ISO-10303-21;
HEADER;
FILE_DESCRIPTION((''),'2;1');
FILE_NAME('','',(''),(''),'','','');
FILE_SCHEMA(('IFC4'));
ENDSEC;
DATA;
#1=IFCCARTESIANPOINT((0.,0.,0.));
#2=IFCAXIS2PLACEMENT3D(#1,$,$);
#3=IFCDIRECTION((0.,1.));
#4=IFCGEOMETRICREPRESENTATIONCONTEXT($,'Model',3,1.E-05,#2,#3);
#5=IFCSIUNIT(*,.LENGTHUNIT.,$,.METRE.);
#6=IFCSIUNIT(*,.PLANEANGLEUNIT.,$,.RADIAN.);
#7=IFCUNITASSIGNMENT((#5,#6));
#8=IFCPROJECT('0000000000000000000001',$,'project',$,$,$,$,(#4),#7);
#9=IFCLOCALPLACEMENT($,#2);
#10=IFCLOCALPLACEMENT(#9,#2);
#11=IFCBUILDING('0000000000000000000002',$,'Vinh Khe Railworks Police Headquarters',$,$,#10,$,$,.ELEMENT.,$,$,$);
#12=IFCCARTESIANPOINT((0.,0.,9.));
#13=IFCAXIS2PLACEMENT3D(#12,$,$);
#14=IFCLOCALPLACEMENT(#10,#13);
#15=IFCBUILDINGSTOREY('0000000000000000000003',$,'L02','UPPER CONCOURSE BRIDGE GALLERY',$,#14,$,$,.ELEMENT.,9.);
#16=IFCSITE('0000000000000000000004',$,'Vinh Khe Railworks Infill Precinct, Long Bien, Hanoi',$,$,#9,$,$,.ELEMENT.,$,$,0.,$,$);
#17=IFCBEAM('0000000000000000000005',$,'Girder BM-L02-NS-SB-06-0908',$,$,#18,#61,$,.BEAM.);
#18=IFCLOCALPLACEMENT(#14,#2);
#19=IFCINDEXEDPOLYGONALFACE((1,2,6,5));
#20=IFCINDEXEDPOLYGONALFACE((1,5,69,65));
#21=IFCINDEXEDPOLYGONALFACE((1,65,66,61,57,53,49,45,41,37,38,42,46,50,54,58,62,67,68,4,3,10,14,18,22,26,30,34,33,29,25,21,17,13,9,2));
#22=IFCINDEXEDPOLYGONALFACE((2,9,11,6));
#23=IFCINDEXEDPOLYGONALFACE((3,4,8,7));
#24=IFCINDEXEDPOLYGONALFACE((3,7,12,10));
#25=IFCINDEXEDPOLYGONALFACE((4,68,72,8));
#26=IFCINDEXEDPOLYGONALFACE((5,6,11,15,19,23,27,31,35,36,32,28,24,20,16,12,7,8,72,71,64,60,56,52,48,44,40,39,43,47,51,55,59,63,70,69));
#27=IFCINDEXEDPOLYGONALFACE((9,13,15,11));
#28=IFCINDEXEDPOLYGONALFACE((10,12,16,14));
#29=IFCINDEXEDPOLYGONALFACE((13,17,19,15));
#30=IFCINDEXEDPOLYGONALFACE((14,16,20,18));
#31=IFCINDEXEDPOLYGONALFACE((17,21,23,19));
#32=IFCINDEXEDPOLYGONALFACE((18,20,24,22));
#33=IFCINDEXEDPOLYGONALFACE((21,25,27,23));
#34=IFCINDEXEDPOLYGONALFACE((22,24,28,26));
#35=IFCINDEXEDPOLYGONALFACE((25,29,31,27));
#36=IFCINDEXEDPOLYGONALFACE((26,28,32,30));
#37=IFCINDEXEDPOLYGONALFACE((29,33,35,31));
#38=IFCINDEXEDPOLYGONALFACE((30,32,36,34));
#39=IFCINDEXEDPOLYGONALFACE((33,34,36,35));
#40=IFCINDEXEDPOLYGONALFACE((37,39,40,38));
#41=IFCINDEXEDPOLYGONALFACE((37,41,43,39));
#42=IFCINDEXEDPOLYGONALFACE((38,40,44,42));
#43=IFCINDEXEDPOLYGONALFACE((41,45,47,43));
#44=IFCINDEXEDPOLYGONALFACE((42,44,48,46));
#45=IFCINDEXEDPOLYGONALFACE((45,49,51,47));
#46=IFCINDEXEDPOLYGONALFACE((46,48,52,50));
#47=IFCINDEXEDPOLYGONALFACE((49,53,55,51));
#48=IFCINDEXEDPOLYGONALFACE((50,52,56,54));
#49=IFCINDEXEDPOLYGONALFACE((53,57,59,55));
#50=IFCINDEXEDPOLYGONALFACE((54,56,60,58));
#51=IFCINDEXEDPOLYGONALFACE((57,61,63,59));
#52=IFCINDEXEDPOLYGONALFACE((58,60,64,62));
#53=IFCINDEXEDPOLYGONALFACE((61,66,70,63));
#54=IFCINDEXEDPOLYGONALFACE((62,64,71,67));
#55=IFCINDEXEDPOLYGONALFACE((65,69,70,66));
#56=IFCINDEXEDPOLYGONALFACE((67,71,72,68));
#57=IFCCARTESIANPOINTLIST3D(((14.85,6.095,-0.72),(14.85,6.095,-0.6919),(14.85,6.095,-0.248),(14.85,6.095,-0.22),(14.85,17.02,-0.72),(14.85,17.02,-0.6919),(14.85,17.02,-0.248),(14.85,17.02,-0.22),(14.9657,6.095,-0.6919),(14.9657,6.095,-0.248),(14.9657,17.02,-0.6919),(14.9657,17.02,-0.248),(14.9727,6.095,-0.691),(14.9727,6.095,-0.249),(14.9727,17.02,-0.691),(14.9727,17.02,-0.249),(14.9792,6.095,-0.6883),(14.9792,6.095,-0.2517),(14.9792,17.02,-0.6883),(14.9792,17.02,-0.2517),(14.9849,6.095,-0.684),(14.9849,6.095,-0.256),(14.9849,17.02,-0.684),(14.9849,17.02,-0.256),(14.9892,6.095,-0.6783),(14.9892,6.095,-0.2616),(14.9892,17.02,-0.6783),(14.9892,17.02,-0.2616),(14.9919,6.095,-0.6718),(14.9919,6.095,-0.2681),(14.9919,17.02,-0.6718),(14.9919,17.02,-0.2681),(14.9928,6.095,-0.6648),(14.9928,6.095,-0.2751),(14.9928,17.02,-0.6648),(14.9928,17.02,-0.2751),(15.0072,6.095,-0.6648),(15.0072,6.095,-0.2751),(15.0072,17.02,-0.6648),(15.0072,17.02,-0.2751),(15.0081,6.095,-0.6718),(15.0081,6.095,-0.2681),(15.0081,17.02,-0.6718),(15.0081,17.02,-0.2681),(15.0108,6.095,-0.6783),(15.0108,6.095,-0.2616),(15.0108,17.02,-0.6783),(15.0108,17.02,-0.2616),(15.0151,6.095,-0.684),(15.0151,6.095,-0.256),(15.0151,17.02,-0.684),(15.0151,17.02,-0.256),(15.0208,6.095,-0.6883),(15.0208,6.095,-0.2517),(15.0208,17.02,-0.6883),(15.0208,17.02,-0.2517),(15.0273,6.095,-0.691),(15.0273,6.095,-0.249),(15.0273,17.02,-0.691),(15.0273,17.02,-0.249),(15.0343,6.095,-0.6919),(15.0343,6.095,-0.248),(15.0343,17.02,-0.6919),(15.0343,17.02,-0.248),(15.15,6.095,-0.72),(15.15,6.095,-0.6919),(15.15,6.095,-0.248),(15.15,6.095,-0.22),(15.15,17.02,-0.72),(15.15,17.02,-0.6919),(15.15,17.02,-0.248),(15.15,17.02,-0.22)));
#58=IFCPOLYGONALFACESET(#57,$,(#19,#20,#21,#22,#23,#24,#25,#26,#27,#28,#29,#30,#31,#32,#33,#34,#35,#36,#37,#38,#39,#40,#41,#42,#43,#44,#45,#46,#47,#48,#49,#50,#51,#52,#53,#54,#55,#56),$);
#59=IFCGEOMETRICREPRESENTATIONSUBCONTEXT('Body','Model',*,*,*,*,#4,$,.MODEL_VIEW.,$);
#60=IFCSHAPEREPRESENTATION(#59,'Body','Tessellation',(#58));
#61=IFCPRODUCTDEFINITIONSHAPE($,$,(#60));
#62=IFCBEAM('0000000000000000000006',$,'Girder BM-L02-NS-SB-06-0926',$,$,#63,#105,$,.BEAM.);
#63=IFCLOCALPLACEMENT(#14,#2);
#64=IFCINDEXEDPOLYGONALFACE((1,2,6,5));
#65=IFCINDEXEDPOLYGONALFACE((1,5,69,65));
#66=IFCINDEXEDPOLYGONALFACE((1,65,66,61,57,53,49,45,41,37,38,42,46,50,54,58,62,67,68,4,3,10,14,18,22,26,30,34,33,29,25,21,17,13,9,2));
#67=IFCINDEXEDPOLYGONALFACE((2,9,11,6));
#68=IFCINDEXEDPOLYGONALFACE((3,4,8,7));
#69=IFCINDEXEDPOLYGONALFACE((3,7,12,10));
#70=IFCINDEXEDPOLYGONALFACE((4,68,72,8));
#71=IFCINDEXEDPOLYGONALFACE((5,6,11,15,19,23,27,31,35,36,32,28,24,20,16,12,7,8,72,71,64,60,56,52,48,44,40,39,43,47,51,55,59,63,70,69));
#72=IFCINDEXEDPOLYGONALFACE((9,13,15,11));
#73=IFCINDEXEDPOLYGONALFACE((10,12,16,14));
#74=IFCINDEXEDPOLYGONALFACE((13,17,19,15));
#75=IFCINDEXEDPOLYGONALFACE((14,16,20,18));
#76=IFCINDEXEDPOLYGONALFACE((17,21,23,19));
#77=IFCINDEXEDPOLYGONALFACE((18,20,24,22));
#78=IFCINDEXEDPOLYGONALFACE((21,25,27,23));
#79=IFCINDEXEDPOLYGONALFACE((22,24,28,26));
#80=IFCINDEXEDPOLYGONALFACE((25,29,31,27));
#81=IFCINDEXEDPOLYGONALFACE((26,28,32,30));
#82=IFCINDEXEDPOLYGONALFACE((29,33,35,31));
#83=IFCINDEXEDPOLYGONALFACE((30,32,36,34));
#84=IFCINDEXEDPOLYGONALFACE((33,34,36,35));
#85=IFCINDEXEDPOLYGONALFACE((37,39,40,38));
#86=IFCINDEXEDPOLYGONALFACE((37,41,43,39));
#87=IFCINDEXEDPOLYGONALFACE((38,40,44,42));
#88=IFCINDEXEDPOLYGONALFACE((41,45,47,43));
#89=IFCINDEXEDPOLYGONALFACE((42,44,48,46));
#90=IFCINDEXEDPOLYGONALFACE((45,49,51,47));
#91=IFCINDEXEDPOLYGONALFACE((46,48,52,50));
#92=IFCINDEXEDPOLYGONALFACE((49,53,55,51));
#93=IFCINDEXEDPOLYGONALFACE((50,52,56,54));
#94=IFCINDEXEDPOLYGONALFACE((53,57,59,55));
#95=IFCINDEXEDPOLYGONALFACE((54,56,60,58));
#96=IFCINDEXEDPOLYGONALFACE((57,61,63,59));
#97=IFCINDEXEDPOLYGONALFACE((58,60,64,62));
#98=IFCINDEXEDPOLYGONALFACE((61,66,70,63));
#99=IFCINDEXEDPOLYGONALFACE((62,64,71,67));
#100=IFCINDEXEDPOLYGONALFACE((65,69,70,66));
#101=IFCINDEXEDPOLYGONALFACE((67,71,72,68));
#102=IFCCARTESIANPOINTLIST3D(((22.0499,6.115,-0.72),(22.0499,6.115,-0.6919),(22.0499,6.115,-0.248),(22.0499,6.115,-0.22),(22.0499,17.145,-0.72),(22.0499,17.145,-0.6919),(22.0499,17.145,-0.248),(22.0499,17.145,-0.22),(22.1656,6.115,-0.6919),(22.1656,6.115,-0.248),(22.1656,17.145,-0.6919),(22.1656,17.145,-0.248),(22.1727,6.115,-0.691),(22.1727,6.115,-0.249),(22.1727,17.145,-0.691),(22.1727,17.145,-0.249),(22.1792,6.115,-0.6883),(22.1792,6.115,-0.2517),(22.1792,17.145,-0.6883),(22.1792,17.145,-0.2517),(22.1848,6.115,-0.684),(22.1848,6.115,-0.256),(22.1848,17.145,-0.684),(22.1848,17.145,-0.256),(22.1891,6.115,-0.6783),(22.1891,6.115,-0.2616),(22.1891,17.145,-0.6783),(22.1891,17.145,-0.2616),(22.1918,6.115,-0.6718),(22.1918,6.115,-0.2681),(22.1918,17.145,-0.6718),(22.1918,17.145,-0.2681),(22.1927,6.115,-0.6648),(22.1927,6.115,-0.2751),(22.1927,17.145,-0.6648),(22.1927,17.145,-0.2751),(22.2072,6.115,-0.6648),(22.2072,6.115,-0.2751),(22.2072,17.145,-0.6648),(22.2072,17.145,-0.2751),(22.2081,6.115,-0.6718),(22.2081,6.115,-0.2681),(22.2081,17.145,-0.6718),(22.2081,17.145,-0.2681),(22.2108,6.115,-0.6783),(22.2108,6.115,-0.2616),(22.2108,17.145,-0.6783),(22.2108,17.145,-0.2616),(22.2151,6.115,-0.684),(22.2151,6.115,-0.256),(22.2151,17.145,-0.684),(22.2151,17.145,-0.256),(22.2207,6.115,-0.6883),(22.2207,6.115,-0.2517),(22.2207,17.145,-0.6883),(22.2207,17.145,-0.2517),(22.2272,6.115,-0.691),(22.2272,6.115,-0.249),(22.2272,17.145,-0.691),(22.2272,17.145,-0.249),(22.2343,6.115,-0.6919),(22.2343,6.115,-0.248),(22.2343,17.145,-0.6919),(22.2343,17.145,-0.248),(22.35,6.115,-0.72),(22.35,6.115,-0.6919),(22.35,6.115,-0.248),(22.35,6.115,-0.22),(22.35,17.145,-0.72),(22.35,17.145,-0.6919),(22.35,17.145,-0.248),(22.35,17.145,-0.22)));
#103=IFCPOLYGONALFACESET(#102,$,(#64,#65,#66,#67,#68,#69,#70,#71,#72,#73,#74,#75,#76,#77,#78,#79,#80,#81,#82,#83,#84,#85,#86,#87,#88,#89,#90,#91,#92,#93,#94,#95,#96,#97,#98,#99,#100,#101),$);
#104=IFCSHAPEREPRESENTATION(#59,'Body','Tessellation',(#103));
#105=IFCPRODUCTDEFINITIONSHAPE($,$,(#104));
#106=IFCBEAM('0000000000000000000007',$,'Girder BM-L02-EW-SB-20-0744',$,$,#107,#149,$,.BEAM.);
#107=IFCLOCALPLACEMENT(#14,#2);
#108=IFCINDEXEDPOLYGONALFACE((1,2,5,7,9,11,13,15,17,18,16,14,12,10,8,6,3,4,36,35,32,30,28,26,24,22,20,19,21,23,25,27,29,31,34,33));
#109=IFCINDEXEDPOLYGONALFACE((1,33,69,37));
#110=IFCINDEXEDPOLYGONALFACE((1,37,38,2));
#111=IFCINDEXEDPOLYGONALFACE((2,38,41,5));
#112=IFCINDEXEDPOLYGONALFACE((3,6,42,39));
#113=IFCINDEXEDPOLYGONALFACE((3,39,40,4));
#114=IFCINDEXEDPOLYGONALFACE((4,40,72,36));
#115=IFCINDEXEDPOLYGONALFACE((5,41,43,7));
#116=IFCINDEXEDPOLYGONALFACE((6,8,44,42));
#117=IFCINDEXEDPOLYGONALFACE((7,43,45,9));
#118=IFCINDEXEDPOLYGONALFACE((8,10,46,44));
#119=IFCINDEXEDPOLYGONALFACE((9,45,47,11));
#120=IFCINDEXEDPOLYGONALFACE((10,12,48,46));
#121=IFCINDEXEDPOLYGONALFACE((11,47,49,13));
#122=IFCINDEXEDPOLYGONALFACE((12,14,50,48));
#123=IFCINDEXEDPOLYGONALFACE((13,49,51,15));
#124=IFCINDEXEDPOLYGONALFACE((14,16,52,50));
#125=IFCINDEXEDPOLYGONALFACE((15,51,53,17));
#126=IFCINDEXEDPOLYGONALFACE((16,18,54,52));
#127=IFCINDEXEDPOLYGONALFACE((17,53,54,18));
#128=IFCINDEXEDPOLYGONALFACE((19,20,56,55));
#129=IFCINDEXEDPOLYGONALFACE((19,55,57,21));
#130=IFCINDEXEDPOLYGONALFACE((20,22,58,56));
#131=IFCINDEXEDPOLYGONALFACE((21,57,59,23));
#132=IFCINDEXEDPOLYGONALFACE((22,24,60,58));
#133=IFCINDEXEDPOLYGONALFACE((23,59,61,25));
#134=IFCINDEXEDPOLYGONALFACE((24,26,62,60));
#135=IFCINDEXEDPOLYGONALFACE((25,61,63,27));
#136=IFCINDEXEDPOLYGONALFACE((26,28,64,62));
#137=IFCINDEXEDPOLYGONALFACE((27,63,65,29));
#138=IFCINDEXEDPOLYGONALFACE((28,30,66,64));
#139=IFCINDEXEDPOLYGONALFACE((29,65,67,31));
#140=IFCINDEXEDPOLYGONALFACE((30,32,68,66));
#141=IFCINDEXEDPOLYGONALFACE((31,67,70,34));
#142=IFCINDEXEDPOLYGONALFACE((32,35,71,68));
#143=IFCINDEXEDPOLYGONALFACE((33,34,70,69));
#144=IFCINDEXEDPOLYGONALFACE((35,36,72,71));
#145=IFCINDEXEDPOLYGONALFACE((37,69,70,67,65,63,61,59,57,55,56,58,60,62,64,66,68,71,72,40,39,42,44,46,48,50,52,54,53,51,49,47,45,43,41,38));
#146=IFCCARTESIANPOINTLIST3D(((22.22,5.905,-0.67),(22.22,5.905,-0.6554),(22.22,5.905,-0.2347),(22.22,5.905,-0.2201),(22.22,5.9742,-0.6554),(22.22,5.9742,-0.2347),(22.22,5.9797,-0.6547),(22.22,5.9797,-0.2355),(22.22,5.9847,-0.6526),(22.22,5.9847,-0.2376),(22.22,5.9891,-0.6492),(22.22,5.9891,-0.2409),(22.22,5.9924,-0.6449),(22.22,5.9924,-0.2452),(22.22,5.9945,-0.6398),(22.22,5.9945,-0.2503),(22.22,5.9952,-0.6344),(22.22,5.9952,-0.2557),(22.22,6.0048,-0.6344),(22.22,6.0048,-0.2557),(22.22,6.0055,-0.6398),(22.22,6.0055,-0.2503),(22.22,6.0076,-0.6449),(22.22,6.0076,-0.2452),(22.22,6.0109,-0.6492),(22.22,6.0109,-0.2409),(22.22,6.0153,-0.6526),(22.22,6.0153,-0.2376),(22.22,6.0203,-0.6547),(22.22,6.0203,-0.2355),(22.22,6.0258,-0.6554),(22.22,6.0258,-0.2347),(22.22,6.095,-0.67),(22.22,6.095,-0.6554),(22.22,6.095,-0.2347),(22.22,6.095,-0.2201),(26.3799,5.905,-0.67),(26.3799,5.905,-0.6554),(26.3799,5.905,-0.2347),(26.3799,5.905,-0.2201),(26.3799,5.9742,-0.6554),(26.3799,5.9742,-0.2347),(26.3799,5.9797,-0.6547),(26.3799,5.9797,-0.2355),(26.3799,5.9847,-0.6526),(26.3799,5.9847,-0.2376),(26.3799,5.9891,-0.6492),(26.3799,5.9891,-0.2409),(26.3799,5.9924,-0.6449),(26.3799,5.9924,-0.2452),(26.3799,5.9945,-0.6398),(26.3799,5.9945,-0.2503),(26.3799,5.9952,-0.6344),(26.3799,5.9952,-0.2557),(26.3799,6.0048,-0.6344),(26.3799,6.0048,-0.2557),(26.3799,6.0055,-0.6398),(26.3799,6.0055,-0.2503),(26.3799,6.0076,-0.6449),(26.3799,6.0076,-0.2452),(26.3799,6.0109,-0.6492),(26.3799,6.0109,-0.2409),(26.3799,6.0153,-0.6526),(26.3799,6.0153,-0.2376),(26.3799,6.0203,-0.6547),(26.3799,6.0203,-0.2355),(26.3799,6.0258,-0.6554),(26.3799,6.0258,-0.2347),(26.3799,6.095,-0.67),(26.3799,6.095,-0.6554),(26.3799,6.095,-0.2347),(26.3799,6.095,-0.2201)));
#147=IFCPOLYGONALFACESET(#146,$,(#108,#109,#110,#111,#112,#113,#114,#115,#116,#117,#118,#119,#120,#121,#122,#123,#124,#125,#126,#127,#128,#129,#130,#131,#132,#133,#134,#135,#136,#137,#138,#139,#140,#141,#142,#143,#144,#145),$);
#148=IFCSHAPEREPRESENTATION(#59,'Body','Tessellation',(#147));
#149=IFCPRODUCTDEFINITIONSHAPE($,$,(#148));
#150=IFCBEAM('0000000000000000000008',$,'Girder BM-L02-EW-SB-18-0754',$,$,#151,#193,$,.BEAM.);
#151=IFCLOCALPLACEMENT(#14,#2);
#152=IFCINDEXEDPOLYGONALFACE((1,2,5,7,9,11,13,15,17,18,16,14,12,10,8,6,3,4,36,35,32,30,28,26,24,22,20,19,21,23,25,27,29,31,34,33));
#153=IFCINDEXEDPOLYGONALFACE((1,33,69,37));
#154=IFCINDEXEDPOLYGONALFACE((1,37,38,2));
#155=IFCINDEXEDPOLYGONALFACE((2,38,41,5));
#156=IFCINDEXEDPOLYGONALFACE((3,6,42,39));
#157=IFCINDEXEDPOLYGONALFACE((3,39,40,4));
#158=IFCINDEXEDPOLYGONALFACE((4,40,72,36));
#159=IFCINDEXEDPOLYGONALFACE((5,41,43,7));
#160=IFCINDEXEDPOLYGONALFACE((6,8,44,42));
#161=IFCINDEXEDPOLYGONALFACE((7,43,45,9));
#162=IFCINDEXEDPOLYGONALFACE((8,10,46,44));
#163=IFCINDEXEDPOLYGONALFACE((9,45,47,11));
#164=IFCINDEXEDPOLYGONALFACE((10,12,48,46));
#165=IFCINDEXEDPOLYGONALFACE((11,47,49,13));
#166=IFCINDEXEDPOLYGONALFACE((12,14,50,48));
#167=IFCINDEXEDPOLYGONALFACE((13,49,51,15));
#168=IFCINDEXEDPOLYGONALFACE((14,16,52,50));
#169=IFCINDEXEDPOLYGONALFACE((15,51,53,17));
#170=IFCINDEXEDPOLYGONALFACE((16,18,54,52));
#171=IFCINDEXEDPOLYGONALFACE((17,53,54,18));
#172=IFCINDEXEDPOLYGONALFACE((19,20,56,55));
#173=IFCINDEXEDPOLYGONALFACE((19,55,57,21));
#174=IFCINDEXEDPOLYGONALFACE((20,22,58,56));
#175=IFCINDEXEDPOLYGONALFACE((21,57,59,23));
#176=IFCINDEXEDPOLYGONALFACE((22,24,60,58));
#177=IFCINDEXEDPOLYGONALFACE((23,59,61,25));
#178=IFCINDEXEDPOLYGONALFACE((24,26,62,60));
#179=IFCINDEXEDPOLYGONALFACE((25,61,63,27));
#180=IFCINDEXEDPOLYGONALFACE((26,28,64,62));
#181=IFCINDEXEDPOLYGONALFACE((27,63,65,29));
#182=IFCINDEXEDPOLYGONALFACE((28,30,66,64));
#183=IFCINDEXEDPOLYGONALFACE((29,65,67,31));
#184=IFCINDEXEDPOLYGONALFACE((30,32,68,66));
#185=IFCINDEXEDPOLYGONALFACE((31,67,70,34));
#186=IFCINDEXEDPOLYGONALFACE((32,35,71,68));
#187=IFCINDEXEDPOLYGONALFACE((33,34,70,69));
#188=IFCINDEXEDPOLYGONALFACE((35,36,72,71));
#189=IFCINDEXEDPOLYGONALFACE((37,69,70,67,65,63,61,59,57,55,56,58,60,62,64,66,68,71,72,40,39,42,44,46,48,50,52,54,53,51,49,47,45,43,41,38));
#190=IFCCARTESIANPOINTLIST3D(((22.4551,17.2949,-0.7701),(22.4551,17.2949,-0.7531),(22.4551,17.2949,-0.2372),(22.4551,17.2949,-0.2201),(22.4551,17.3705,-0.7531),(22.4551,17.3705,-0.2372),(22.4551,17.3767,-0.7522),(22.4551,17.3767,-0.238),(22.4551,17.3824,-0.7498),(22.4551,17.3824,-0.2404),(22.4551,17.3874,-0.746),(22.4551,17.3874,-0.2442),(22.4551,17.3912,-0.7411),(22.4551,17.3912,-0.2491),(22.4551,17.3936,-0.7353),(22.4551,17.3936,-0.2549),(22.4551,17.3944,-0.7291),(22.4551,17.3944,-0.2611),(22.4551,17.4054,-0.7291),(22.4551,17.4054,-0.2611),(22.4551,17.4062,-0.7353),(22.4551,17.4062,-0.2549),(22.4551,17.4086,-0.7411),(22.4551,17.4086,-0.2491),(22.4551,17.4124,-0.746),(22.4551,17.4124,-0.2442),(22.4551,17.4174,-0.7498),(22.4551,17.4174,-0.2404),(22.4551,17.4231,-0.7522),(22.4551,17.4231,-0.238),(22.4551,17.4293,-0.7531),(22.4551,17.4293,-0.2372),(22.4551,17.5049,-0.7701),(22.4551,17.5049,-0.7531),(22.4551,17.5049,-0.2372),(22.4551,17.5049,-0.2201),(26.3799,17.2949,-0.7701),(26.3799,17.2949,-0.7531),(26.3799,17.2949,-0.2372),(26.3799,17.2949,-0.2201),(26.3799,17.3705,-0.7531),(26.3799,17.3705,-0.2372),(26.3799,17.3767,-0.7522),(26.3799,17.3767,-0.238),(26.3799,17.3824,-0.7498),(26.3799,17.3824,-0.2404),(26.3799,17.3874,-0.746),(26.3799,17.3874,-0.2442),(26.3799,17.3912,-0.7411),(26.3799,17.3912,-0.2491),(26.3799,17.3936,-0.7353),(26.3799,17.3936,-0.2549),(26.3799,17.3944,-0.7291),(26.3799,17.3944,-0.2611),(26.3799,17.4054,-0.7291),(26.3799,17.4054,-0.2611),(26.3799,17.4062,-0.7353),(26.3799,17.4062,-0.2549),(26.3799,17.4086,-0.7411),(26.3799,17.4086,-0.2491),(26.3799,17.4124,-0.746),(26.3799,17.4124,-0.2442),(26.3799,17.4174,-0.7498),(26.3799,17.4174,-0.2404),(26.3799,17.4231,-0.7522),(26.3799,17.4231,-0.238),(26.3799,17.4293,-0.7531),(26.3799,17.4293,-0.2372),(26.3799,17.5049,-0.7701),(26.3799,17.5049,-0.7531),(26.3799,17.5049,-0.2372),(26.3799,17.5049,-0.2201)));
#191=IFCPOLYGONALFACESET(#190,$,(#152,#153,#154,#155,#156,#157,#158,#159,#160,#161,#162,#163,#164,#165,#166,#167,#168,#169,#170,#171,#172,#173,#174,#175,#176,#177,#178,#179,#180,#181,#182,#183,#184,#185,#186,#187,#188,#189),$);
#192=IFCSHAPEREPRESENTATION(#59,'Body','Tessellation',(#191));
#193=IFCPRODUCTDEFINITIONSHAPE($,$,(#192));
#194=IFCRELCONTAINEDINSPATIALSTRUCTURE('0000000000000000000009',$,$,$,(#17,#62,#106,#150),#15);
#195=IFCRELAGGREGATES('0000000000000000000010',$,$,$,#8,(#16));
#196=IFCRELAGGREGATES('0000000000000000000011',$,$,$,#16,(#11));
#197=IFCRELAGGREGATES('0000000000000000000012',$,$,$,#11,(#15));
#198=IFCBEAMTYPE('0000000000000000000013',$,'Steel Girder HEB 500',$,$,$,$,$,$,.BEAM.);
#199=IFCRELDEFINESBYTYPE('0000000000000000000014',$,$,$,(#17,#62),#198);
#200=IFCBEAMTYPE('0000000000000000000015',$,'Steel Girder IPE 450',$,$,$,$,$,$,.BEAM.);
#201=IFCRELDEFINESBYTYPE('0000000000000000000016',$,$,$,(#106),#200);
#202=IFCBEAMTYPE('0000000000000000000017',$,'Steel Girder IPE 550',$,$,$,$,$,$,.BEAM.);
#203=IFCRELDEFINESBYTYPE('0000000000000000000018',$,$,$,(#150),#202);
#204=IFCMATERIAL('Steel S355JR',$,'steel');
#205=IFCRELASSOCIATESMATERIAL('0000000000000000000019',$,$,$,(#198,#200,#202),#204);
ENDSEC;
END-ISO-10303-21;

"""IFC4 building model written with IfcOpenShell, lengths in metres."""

from ifc_helpers import new_model, si_unit, direction, frame, origin, origin_2d, place, context, subcontext, project, spatial, i_section, extrude, material, material_profile, profile_set, type_object, element, save


model = new_model("IFC4")

# Units and contexts
model_context = context("Model", 3, precision=1e-05, world=origin(), true_north=direction((0.0, 1.0)))
body_context = subcontext(model_context, "Body", "Model", "MODEL_VIEW")
ifc_project = project(units=[si_unit("LENGTHUNIT", "METRE"), si_unit("PLANEANGLEUNIT", "RADIAN")], contexts=[model_context])

# Site, building, storey
site_placement = place(None, origin())
site = spatial("IfcSite", under=ifc_project, at=site_placement, Name="Vinh Khe Railworks Infill Precinct, Long Bien, Hanoi", CompositionType="ELEMENT", RefElevation=0.0)
building_placement = place(site_placement, origin())
building = spatial("IfcBuilding", under=site, at=building_placement, Name="Vinh Khe Railworks Police Headquarters", CompositionType="ELEMENT")
storey_placement = place(building_placement, frame((0.0, 0.0, 9.0)))
storey = spatial("IfcBuildingStorey", under=building, at=storey_placement, Name="L02", Description="UPPER CONCOURSE BRIDGE GALLERY", CompositionType="ELEMENT", Elevation=9.0)

# Shared definitions
ifc_material_1 = material(Name="Steel S355JR", Category="steel")

# Beams
ifc_material_profile_1 = material_profile(ifc_material_1, i_section(OverallWidth=0.3, OverallDepth=0.5, WebThickness=0.0144, FlangeThickness=0.0281, FilletRadius=0.0271, at=origin_2d()), Name="HEB 500")
ifc_profile_set_1 = profile_set([ifc_material_profile_1], Name="Steel S355JR")
beam_type_1 = type_object("IfcBeamType", Name="Steel Girder HEB 500", PredefinedType="BEAM", material=ifc_profile_set_1)
beam_1_placement = place(storey_placement, frame((15.0, 6.095, -0.47), z_axis=(0.0, 1.0, 0.0), x_axis=(-1.0, 0.0, 0.0)))
element("IfcBeam", 1, at=beam_1_placement, inside=storey, type_object=beam_type_1, Name="Girder BM-L02-NS-SB-06-0908", PredefinedType="BEAM", context=body_context, shape_type="SweptSolid", body=[
    extrude(i_section(OverallWidth=0.3, OverallDepth=0.5, WebThickness=0.0144, FlangeThickness=0.0281, FilletRadius=0.0271, at=origin_2d()), origin(), (0.0, 0.0, 1.0), 10.925),
])
beam_2_placement = place(storey_placement, frame((22.2, 6.115, -0.47), z_axis=(0.0, 1.0, 0.0), x_axis=(-1.0, 0.0, 0.0)))
element("IfcBeam", 2, at=beam_2_placement, inside=storey, type_object=beam_type_1, Name="Girder BM-L02-NS-SB-06-0926", PredefinedType="BEAM", context=body_context, shape_type="SweptSolid", body=[
    extrude(i_section(OverallWidth=0.3, OverallDepth=0.5, WebThickness=0.0144, FlangeThickness=0.0281, FilletRadius=0.0271, at=origin_2d()), origin(), (0.0, 0.0, 1.0), 11.03),
])
ifc_material_profile_2 = material_profile(ifc_material_1, i_section(OverallWidth=0.1899, OverallDepth=0.45, WebThickness=0.0095, FlangeThickness=0.0146, FilletRadius=0.021, at=origin_2d()), Name="IPE 450")
ifc_profile_set_2 = profile_set([ifc_material_profile_2], Name="Steel S355JR")
beam_type_2 = type_object("IfcBeamType", Name="Steel Girder IPE 450", PredefinedType="BEAM", material=ifc_profile_set_2)
beam_3_placement = place(storey_placement, frame((22.22, 6.0, -0.4451), z_axis=(1.0, 0.0, 0.0), x_axis=(0.0, 1.0, 0.0)))
element("IfcBeam", 3, at=beam_3_placement, inside=storey, type_object=beam_type_2, Name="Girder BM-L02-EW-SB-20-0744", PredefinedType="BEAM", context=body_context, shape_type="SweptSolid", body=[
    extrude(i_section(OverallWidth=0.1899, OverallDepth=0.45, WebThickness=0.0095, FlangeThickness=0.0146, FilletRadius=0.021, at=origin_2d()), origin(), (0.0, 0.0, 1.0), 4.1599),
])
ifc_material_profile_3 = material_profile(ifc_material_1, i_section(OverallWidth=0.21, OverallDepth=0.55, WebThickness=0.011, FlangeThickness=0.0171, FilletRadius=0.0239, at=origin_2d()), Name="IPE 550")
ifc_profile_set_3 = profile_set([ifc_material_profile_3], Name="Steel S355JR")
beam_type_3 = type_object("IfcBeamType", Name="Steel Girder IPE 550", PredefinedType="BEAM", material=ifc_profile_set_3)
beam_4_placement = place(storey_placement, frame((22.4551, 17.3999, -0.4951), z_axis=(1.0, 0.0, 0.0), x_axis=(0.0, 1.0, 0.0)))
element("IfcBeam", 4, at=beam_4_placement, inside=storey, type_object=beam_type_3, Name="Girder BM-L02-EW-SB-18-0754", PredefinedType="BEAM", context=body_context, shape_type="SweptSolid", body=[
    extrude(i_section(OverallWidth=0.21, OverallDepth=0.55, WebThickness=0.011, FlangeThickness=0.0171, FilletRadius=0.0239, at=origin_2d()), origin(), (0.0, 0.0, 1.0), 3.9248),
])

save(model, "model.ifc")
